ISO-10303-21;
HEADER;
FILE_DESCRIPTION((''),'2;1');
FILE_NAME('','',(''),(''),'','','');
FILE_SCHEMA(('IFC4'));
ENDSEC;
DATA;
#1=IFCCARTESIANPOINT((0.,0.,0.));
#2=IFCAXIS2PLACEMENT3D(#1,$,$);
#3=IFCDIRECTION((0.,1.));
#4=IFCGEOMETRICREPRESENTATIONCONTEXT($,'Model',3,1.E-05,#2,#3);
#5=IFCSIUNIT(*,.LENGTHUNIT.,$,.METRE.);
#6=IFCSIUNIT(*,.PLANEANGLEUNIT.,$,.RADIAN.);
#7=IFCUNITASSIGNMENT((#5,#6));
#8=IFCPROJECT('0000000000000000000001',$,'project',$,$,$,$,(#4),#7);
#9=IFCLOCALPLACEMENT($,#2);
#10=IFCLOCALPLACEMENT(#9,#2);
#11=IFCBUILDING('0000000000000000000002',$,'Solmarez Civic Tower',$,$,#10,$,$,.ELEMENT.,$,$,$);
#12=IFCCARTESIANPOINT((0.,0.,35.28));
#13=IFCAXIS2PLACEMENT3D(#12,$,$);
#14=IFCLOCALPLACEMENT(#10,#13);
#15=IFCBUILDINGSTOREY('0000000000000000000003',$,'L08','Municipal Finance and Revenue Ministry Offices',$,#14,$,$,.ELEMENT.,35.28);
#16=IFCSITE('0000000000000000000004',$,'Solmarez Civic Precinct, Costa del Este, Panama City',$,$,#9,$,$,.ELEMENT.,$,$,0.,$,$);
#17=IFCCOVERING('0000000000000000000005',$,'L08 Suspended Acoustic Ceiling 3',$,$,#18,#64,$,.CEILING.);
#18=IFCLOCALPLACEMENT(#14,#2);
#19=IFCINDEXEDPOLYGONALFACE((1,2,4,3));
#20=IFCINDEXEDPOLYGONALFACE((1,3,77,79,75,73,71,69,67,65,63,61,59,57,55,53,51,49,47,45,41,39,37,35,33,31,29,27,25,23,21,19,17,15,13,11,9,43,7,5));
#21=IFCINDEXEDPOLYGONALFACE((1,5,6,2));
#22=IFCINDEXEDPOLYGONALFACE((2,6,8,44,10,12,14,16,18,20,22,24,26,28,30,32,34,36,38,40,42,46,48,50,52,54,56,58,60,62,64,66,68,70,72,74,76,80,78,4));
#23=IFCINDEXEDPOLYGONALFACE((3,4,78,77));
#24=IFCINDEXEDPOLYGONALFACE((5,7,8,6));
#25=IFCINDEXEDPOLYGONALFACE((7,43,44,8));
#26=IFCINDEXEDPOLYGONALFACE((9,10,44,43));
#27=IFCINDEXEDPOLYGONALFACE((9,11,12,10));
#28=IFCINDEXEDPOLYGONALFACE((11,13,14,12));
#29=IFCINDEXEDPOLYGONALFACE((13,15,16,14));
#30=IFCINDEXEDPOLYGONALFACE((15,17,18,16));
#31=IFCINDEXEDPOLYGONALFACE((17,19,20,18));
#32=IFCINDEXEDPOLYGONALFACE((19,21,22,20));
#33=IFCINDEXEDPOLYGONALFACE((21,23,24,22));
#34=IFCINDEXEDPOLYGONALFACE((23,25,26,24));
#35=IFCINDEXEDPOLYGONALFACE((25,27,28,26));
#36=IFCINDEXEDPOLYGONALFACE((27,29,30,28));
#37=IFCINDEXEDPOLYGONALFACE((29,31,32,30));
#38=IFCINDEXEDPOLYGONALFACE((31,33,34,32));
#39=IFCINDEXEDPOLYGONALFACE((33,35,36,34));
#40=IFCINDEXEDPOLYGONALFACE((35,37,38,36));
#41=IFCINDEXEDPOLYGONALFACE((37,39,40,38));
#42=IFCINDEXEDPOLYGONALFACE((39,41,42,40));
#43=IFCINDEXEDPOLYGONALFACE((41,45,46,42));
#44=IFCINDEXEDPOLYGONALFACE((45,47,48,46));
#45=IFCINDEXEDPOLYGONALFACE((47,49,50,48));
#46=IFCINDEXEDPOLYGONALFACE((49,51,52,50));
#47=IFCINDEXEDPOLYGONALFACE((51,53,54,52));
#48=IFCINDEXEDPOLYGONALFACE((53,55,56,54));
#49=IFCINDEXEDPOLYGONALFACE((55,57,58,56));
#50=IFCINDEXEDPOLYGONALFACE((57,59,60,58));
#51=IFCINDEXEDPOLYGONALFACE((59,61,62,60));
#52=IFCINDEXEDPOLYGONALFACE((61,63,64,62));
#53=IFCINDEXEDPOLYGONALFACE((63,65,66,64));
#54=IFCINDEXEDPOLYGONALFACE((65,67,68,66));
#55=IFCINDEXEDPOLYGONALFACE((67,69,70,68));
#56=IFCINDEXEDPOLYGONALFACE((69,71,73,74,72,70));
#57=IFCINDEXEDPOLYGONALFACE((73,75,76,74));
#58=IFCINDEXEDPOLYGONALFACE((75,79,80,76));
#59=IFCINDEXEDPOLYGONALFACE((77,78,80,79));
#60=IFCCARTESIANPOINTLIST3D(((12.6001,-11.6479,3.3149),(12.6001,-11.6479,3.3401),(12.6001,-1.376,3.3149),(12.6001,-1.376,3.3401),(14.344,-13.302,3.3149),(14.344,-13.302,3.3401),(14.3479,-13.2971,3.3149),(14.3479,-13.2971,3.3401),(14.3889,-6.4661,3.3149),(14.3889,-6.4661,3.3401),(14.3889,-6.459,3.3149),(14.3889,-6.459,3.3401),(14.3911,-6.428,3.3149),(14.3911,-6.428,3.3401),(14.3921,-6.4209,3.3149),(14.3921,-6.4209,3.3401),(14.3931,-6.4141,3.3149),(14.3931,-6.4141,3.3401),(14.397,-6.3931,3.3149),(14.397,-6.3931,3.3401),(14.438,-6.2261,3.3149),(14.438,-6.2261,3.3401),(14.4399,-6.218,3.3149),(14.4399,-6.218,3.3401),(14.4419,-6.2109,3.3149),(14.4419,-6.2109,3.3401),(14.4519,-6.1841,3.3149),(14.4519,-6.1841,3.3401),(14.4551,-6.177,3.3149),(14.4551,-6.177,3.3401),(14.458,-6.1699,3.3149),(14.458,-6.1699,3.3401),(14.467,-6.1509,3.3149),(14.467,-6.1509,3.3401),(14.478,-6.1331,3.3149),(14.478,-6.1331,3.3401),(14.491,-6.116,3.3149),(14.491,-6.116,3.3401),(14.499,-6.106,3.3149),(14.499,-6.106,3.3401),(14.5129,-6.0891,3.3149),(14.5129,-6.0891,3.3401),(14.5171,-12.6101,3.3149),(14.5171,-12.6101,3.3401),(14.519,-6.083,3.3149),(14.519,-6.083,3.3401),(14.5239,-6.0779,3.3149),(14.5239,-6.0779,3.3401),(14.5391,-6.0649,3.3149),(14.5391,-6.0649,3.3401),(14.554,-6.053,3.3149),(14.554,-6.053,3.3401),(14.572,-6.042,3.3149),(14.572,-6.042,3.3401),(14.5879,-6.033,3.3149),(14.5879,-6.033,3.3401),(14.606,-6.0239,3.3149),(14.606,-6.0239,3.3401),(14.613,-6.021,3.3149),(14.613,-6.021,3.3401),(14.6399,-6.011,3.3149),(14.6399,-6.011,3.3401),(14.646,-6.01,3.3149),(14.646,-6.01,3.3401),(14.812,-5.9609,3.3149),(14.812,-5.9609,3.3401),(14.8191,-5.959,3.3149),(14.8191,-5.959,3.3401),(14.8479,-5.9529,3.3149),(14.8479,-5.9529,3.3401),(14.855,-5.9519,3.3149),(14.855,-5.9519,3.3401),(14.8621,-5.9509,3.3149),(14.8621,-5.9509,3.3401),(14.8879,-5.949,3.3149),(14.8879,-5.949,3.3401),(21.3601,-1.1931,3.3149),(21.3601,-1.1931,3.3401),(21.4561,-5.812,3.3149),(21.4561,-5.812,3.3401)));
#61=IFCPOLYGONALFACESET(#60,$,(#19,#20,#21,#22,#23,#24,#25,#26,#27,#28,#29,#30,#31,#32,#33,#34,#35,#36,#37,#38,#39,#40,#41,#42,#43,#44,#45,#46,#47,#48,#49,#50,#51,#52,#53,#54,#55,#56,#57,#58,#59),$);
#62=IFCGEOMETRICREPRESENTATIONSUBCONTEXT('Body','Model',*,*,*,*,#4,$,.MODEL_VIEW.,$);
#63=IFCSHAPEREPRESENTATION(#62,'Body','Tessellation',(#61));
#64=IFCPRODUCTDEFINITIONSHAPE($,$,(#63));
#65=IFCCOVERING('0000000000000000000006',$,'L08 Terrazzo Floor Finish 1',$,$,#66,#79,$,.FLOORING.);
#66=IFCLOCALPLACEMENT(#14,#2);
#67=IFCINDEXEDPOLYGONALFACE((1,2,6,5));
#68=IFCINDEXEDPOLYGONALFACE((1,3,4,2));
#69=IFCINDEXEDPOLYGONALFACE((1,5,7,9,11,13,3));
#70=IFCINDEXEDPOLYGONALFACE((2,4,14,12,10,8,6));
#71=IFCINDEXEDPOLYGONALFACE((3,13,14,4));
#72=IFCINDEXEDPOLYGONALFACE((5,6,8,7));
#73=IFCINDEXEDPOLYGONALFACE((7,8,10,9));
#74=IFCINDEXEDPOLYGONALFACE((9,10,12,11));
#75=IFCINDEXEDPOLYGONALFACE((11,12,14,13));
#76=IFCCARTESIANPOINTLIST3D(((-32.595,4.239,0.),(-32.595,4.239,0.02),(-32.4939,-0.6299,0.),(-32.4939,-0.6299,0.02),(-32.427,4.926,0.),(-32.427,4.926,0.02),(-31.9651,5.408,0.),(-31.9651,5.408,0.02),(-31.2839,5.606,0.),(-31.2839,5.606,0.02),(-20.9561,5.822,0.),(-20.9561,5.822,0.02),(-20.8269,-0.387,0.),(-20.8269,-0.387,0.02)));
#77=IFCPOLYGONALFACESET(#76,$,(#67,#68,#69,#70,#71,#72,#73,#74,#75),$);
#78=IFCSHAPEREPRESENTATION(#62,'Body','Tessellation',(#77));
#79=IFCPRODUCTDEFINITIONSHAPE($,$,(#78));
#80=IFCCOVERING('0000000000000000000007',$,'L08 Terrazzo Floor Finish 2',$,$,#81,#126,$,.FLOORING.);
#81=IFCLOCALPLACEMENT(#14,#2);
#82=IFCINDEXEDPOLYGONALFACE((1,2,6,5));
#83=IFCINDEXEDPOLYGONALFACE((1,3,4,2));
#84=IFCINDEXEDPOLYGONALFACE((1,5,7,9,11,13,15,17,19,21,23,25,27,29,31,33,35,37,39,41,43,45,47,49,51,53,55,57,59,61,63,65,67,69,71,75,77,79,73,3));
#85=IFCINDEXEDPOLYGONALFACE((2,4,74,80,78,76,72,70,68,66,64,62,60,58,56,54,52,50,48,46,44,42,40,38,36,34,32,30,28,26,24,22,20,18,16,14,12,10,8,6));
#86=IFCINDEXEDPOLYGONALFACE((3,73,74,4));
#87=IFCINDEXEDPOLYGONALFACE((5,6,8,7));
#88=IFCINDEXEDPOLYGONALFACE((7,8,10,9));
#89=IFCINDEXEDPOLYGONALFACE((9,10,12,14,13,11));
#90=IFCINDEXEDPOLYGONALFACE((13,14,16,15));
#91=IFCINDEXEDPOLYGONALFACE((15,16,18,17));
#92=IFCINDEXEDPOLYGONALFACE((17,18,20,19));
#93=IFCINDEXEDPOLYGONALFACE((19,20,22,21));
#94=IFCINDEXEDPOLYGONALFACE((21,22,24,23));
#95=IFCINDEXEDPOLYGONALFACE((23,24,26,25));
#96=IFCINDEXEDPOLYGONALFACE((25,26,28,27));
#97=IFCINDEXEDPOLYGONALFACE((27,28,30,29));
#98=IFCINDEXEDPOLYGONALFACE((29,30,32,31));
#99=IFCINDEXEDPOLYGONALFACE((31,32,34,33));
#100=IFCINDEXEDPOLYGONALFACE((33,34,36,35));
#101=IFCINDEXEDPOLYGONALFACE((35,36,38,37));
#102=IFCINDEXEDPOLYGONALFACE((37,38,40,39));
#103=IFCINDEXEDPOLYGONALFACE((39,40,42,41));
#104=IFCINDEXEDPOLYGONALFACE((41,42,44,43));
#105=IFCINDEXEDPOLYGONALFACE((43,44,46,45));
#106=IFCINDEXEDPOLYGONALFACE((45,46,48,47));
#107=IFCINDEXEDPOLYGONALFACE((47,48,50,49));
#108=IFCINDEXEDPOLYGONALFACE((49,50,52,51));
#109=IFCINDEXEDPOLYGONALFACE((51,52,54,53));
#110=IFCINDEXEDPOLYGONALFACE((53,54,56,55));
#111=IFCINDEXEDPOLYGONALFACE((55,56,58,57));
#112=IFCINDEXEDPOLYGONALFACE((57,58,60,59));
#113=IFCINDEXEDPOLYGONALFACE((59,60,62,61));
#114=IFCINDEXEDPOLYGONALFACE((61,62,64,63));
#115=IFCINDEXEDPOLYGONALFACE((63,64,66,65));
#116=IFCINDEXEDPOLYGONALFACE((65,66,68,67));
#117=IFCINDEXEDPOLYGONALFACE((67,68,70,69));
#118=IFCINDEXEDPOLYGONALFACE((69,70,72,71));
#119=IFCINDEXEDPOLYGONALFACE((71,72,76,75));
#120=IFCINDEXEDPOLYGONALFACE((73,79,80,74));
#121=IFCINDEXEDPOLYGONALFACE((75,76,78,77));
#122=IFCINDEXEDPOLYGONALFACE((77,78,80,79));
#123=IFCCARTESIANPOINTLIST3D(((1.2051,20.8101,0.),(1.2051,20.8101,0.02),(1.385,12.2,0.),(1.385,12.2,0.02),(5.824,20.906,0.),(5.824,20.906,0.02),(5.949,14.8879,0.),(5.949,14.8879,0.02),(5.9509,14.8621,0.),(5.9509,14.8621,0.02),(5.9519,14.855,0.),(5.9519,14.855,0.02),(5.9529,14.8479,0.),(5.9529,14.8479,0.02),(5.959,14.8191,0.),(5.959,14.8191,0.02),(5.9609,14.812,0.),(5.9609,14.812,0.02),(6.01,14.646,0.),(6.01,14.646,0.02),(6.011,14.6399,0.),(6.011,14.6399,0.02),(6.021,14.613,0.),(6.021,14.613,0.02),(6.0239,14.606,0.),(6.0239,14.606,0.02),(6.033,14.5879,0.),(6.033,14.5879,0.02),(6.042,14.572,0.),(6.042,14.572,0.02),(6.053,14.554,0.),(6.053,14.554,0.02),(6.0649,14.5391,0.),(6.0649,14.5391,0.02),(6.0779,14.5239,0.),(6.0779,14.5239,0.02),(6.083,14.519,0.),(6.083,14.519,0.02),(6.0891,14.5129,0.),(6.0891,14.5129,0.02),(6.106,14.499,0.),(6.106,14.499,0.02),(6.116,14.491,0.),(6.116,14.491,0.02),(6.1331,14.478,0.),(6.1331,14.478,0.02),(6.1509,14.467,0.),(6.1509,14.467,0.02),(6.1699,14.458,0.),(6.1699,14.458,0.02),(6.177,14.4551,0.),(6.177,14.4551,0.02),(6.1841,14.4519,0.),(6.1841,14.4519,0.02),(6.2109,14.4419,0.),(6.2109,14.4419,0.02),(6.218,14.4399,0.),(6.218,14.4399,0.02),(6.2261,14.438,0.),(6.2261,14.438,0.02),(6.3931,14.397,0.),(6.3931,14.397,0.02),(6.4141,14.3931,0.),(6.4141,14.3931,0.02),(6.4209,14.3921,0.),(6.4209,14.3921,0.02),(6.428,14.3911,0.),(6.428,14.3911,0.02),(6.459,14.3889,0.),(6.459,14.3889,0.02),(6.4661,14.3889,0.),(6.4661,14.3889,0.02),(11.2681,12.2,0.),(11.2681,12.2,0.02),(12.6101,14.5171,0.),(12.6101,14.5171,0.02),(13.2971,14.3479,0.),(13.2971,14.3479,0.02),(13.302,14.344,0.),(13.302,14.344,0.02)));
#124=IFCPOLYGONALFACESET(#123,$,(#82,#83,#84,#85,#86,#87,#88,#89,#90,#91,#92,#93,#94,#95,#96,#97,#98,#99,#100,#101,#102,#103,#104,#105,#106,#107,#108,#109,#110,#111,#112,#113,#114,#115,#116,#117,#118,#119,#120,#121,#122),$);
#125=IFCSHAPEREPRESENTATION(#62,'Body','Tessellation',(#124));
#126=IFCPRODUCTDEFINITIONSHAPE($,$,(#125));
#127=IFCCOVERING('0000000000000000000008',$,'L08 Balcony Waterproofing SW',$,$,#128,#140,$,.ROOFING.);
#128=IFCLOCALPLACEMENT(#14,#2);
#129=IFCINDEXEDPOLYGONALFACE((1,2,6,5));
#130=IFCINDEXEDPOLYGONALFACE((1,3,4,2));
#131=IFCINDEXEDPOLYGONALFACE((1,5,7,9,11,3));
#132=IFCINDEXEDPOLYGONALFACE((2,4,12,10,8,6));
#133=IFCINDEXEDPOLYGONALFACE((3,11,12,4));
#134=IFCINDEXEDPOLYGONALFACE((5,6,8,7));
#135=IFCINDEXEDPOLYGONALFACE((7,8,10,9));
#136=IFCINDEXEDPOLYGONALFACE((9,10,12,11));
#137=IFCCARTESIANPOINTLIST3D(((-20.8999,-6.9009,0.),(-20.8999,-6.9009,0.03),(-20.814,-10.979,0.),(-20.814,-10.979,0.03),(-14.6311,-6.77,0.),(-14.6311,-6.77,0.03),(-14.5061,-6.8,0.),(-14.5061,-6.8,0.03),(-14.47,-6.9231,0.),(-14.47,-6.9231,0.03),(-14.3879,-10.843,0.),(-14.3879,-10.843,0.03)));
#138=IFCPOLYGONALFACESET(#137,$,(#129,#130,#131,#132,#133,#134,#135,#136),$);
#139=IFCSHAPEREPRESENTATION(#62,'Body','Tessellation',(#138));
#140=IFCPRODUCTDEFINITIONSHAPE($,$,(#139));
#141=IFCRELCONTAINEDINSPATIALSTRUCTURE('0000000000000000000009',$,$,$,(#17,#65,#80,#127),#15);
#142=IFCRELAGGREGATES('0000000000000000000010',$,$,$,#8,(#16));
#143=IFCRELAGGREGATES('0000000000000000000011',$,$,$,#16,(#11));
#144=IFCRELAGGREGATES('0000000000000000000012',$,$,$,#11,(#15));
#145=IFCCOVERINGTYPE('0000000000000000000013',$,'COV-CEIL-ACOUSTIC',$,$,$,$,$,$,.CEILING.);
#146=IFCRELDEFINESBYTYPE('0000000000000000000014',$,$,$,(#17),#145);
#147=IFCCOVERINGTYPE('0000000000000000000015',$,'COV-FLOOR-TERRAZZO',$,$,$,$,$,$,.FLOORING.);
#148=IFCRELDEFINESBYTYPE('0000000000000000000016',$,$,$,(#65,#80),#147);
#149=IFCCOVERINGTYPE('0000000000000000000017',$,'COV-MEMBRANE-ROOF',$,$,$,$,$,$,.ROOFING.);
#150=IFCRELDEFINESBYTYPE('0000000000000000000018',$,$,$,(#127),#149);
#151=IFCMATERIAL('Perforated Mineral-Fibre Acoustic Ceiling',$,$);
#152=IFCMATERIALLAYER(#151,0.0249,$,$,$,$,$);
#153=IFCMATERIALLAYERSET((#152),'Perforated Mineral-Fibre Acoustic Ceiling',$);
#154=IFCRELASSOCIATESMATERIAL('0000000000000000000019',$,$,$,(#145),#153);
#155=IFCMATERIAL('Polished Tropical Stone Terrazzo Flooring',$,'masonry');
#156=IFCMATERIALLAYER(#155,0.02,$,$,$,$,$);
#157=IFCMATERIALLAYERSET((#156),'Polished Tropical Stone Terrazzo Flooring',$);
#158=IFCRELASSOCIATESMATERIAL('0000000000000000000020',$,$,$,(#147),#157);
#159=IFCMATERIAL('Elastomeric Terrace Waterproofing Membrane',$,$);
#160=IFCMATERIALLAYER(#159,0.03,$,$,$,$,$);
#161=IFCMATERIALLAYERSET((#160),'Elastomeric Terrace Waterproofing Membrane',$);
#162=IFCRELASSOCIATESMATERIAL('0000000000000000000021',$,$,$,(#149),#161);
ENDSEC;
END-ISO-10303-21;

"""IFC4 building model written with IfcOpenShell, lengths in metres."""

from ifc_helpers import new_model, si_unit, direction, frame, origin, place, context, subcontext, project, spatial, polyline, outline, extrude, material, layer, layer_set, type_object, element, save


model = new_model("IFC4")

# Units and contexts
model_context = context("Model", 3, precision=1e-05, world=origin(), true_north=direction((0.0, 1.0)))
body_context = subcontext(model_context, "Body", "Model", "MODEL_VIEW")
ifc_project = project(units=[si_unit("LENGTHUNIT", "METRE"), si_unit("PLANEANGLEUNIT", "RADIAN")], contexts=[model_context])

# Site, building, storey
site_placement = place(None, origin())
site = spatial("IfcSite", under=ifc_project, at=site_placement, Name="Solmarez Civic Precinct, Costa del Este, Panama City", CompositionType="ELEMENT", RefElevation=0.0)
building_placement = place(site_placement, origin())
building = spatial("IfcBuilding", under=site, at=building_placement, Name="Solmarez Civic Tower", CompositionType="ELEMENT")
storey_placement = place(building_placement, frame((0.0, 0.0, 35.28)))
storey = spatial("IfcBuildingStorey", under=building, at=storey_placement, Name="L08", Description="Municipal Finance and Revenue Ministry Offices", CompositionType="ELEMENT", Elevation=35.28)

# Coverings
ifc_material_1 = material(Name="Perforated Mineral-Fibre Acoustic Ceiling")
ifc_layer_1 = layer(ifc_material_1, 0.0249)
ifc_layer_set_1 = layer_set([ifc_layer_1], Name="Perforated Mineral-Fibre Acoustic Ceiling")
covering_type_1 = type_object("IfcCoveringType", Name="COV-CEIL-ACOUSTIC", PredefinedType="CEILING", material=ifc_layer_set_1)
covering_1_placement = place(storey_placement, frame((0.0, 0.0, 3.3149)))
element("IfcCovering", 1, at=covering_1_placement, inside=storey, type_object=covering_type_1, Name="L08 Suspended Acoustic Ceiling 3", PredefinedType="CEILING", context=body_context, shape_type="SweptSolid", body=[
    extrude(outline(polyline([(12.6001, -1.376), (12.6001, -11.6479), (14.344, -13.302), (14.3479, -13.2971), (14.5171, -12.6101), (14.3889, -6.4661), (14.3889, -6.459), (14.3911, -6.428), (14.3921, -6.4209), (14.3931, -6.4141), (14.397, -6.3931), (14.438, -6.2261), (14.4399, -6.218), (14.4419, -6.2109), (14.4519, -6.1841), (14.4551, -6.177), (14.458, -6.1699), (14.467, -6.1509), (14.478, -6.1331), (14.491, -6.116), (14.499, -6.106), (14.5129, -6.0891), (14.519, -6.083), (14.5239, -6.0779), (14.5391, -6.0649), (14.554, -6.053), (14.572, -6.042), (14.5879, -6.033), (14.606, -6.0239), (14.613, -6.021), (14.6399, -6.011), (14.646, -6.01), (14.812, -5.9609), (14.8191, -5.959), (14.8479, -5.9529), (14.855, -5.9519), (14.8621, -5.9509), (14.8879, -5.949), (21.4561, -5.812), (21.3601, -1.1931), (12.6001, -1.376)])), origin(), (0.0, 0.0, 1.0), 0.0251),
])
ifc_material_2 = material(Name="Polished Tropical Stone Terrazzo Flooring", Category="masonry")
ifc_layer_2 = layer(ifc_material_2, 0.02)
ifc_layer_set_2 = layer_set([ifc_layer_2], Name="Polished Tropical Stone Terrazzo Flooring")
covering_type_2 = type_object("IfcCoveringType", Name="COV-FLOOR-TERRAZZO", PredefinedType="FLOORING", material=ifc_layer_set_2)
covering_2_placement = place(storey_placement, origin())
element("IfcCovering", 2, at=covering_2_placement, inside=storey, type_object=covering_type_2, Name="L08 Terrazzo Floor Finish 1", PredefinedType="FLOORING", context=body_context, shape_type="SweptSolid", body=[
    extrude(outline(polyline([(-20.9561, 5.822), (-31.2839, 5.606), (-31.9651, 5.408), (-32.427, 4.926), (-32.595, 4.239), (-32.4939, -0.6299), (-20.8269, -0.387), (-20.9561, 5.822)])), origin(), (0.0, 0.0, 1.0), 0.02),
])
covering_3_placement = place(storey_placement, origin())
element("IfcCovering", 3, at=covering_3_placement, inside=storey, type_object=covering_type_2, Name="L08 Terrazzo Floor Finish 2", PredefinedType="FLOORING", context=body_context, shape_type="SweptSolid", body=[
    extrude(outline(polyline([(1.385, 12.2), (11.2681, 12.2), (13.302, 14.344), (13.2971, 14.3479), (12.6101, 14.5171), (6.4661, 14.3889), (6.459, 14.3889), (6.428, 14.3911), (6.4209, 14.3921), (6.4141, 14.3931), (6.3931, 14.397), (6.2261, 14.438), (6.218, 14.4399), (6.2109, 14.4419), (6.1841, 14.4519), (6.177, 14.4551), (6.1699, 14.458), (6.1509, 14.467), (6.1331, 14.478), (6.116, 14.491), (6.106, 14.499), (6.0891, 14.5129), (6.083, 14.519), (6.0779, 14.5239), (6.0649, 14.5391), (6.053, 14.554), (6.042, 14.572), (6.033, 14.5879), (6.0239, 14.606), (6.021, 14.613), (6.011, 14.6399), (6.01, 14.646), (5.9609, 14.812), (5.959, 14.8191), (5.9529, 14.8479), (5.9519, 14.855), (5.9509, 14.8621), (5.949, 14.8879), (5.824, 20.906), (1.2051, 20.8101), (1.385, 12.2)])), origin(), (0.0, 0.0, 1.0), 0.02),
])
ifc_material_3 = material(Name="Elastomeric Terrace Waterproofing Membrane")
ifc_layer_3 = layer(ifc_material_3, 0.03)
ifc_layer_set_3 = layer_set([ifc_layer_3], Name="Elastomeric Terrace Waterproofing Membrane")
covering_type_3 = type_object("IfcCoveringType", Name="COV-MEMBRANE-ROOF", PredefinedType="ROOFING", material=ifc_layer_set_3)
covering_4_placement = place(storey_placement, origin())
element("IfcCovering", 4, at=covering_4_placement, inside=storey, type_object=covering_type_3, Name="L08 Balcony Waterproofing SW", PredefinedType="ROOFING", context=body_context, shape_type="SweptSolid", body=[
    extrude(outline(polyline([(-14.47, -6.9231), (-14.5061, -6.8), (-14.6311, -6.77), (-20.8999, -6.9009), (-20.814, -10.979), (-14.3879, -10.843), (-14.47, -6.9231)])), origin(), (0.0, 0.0, 1.0), 0.03),
])

save(model, "model.ifc")
